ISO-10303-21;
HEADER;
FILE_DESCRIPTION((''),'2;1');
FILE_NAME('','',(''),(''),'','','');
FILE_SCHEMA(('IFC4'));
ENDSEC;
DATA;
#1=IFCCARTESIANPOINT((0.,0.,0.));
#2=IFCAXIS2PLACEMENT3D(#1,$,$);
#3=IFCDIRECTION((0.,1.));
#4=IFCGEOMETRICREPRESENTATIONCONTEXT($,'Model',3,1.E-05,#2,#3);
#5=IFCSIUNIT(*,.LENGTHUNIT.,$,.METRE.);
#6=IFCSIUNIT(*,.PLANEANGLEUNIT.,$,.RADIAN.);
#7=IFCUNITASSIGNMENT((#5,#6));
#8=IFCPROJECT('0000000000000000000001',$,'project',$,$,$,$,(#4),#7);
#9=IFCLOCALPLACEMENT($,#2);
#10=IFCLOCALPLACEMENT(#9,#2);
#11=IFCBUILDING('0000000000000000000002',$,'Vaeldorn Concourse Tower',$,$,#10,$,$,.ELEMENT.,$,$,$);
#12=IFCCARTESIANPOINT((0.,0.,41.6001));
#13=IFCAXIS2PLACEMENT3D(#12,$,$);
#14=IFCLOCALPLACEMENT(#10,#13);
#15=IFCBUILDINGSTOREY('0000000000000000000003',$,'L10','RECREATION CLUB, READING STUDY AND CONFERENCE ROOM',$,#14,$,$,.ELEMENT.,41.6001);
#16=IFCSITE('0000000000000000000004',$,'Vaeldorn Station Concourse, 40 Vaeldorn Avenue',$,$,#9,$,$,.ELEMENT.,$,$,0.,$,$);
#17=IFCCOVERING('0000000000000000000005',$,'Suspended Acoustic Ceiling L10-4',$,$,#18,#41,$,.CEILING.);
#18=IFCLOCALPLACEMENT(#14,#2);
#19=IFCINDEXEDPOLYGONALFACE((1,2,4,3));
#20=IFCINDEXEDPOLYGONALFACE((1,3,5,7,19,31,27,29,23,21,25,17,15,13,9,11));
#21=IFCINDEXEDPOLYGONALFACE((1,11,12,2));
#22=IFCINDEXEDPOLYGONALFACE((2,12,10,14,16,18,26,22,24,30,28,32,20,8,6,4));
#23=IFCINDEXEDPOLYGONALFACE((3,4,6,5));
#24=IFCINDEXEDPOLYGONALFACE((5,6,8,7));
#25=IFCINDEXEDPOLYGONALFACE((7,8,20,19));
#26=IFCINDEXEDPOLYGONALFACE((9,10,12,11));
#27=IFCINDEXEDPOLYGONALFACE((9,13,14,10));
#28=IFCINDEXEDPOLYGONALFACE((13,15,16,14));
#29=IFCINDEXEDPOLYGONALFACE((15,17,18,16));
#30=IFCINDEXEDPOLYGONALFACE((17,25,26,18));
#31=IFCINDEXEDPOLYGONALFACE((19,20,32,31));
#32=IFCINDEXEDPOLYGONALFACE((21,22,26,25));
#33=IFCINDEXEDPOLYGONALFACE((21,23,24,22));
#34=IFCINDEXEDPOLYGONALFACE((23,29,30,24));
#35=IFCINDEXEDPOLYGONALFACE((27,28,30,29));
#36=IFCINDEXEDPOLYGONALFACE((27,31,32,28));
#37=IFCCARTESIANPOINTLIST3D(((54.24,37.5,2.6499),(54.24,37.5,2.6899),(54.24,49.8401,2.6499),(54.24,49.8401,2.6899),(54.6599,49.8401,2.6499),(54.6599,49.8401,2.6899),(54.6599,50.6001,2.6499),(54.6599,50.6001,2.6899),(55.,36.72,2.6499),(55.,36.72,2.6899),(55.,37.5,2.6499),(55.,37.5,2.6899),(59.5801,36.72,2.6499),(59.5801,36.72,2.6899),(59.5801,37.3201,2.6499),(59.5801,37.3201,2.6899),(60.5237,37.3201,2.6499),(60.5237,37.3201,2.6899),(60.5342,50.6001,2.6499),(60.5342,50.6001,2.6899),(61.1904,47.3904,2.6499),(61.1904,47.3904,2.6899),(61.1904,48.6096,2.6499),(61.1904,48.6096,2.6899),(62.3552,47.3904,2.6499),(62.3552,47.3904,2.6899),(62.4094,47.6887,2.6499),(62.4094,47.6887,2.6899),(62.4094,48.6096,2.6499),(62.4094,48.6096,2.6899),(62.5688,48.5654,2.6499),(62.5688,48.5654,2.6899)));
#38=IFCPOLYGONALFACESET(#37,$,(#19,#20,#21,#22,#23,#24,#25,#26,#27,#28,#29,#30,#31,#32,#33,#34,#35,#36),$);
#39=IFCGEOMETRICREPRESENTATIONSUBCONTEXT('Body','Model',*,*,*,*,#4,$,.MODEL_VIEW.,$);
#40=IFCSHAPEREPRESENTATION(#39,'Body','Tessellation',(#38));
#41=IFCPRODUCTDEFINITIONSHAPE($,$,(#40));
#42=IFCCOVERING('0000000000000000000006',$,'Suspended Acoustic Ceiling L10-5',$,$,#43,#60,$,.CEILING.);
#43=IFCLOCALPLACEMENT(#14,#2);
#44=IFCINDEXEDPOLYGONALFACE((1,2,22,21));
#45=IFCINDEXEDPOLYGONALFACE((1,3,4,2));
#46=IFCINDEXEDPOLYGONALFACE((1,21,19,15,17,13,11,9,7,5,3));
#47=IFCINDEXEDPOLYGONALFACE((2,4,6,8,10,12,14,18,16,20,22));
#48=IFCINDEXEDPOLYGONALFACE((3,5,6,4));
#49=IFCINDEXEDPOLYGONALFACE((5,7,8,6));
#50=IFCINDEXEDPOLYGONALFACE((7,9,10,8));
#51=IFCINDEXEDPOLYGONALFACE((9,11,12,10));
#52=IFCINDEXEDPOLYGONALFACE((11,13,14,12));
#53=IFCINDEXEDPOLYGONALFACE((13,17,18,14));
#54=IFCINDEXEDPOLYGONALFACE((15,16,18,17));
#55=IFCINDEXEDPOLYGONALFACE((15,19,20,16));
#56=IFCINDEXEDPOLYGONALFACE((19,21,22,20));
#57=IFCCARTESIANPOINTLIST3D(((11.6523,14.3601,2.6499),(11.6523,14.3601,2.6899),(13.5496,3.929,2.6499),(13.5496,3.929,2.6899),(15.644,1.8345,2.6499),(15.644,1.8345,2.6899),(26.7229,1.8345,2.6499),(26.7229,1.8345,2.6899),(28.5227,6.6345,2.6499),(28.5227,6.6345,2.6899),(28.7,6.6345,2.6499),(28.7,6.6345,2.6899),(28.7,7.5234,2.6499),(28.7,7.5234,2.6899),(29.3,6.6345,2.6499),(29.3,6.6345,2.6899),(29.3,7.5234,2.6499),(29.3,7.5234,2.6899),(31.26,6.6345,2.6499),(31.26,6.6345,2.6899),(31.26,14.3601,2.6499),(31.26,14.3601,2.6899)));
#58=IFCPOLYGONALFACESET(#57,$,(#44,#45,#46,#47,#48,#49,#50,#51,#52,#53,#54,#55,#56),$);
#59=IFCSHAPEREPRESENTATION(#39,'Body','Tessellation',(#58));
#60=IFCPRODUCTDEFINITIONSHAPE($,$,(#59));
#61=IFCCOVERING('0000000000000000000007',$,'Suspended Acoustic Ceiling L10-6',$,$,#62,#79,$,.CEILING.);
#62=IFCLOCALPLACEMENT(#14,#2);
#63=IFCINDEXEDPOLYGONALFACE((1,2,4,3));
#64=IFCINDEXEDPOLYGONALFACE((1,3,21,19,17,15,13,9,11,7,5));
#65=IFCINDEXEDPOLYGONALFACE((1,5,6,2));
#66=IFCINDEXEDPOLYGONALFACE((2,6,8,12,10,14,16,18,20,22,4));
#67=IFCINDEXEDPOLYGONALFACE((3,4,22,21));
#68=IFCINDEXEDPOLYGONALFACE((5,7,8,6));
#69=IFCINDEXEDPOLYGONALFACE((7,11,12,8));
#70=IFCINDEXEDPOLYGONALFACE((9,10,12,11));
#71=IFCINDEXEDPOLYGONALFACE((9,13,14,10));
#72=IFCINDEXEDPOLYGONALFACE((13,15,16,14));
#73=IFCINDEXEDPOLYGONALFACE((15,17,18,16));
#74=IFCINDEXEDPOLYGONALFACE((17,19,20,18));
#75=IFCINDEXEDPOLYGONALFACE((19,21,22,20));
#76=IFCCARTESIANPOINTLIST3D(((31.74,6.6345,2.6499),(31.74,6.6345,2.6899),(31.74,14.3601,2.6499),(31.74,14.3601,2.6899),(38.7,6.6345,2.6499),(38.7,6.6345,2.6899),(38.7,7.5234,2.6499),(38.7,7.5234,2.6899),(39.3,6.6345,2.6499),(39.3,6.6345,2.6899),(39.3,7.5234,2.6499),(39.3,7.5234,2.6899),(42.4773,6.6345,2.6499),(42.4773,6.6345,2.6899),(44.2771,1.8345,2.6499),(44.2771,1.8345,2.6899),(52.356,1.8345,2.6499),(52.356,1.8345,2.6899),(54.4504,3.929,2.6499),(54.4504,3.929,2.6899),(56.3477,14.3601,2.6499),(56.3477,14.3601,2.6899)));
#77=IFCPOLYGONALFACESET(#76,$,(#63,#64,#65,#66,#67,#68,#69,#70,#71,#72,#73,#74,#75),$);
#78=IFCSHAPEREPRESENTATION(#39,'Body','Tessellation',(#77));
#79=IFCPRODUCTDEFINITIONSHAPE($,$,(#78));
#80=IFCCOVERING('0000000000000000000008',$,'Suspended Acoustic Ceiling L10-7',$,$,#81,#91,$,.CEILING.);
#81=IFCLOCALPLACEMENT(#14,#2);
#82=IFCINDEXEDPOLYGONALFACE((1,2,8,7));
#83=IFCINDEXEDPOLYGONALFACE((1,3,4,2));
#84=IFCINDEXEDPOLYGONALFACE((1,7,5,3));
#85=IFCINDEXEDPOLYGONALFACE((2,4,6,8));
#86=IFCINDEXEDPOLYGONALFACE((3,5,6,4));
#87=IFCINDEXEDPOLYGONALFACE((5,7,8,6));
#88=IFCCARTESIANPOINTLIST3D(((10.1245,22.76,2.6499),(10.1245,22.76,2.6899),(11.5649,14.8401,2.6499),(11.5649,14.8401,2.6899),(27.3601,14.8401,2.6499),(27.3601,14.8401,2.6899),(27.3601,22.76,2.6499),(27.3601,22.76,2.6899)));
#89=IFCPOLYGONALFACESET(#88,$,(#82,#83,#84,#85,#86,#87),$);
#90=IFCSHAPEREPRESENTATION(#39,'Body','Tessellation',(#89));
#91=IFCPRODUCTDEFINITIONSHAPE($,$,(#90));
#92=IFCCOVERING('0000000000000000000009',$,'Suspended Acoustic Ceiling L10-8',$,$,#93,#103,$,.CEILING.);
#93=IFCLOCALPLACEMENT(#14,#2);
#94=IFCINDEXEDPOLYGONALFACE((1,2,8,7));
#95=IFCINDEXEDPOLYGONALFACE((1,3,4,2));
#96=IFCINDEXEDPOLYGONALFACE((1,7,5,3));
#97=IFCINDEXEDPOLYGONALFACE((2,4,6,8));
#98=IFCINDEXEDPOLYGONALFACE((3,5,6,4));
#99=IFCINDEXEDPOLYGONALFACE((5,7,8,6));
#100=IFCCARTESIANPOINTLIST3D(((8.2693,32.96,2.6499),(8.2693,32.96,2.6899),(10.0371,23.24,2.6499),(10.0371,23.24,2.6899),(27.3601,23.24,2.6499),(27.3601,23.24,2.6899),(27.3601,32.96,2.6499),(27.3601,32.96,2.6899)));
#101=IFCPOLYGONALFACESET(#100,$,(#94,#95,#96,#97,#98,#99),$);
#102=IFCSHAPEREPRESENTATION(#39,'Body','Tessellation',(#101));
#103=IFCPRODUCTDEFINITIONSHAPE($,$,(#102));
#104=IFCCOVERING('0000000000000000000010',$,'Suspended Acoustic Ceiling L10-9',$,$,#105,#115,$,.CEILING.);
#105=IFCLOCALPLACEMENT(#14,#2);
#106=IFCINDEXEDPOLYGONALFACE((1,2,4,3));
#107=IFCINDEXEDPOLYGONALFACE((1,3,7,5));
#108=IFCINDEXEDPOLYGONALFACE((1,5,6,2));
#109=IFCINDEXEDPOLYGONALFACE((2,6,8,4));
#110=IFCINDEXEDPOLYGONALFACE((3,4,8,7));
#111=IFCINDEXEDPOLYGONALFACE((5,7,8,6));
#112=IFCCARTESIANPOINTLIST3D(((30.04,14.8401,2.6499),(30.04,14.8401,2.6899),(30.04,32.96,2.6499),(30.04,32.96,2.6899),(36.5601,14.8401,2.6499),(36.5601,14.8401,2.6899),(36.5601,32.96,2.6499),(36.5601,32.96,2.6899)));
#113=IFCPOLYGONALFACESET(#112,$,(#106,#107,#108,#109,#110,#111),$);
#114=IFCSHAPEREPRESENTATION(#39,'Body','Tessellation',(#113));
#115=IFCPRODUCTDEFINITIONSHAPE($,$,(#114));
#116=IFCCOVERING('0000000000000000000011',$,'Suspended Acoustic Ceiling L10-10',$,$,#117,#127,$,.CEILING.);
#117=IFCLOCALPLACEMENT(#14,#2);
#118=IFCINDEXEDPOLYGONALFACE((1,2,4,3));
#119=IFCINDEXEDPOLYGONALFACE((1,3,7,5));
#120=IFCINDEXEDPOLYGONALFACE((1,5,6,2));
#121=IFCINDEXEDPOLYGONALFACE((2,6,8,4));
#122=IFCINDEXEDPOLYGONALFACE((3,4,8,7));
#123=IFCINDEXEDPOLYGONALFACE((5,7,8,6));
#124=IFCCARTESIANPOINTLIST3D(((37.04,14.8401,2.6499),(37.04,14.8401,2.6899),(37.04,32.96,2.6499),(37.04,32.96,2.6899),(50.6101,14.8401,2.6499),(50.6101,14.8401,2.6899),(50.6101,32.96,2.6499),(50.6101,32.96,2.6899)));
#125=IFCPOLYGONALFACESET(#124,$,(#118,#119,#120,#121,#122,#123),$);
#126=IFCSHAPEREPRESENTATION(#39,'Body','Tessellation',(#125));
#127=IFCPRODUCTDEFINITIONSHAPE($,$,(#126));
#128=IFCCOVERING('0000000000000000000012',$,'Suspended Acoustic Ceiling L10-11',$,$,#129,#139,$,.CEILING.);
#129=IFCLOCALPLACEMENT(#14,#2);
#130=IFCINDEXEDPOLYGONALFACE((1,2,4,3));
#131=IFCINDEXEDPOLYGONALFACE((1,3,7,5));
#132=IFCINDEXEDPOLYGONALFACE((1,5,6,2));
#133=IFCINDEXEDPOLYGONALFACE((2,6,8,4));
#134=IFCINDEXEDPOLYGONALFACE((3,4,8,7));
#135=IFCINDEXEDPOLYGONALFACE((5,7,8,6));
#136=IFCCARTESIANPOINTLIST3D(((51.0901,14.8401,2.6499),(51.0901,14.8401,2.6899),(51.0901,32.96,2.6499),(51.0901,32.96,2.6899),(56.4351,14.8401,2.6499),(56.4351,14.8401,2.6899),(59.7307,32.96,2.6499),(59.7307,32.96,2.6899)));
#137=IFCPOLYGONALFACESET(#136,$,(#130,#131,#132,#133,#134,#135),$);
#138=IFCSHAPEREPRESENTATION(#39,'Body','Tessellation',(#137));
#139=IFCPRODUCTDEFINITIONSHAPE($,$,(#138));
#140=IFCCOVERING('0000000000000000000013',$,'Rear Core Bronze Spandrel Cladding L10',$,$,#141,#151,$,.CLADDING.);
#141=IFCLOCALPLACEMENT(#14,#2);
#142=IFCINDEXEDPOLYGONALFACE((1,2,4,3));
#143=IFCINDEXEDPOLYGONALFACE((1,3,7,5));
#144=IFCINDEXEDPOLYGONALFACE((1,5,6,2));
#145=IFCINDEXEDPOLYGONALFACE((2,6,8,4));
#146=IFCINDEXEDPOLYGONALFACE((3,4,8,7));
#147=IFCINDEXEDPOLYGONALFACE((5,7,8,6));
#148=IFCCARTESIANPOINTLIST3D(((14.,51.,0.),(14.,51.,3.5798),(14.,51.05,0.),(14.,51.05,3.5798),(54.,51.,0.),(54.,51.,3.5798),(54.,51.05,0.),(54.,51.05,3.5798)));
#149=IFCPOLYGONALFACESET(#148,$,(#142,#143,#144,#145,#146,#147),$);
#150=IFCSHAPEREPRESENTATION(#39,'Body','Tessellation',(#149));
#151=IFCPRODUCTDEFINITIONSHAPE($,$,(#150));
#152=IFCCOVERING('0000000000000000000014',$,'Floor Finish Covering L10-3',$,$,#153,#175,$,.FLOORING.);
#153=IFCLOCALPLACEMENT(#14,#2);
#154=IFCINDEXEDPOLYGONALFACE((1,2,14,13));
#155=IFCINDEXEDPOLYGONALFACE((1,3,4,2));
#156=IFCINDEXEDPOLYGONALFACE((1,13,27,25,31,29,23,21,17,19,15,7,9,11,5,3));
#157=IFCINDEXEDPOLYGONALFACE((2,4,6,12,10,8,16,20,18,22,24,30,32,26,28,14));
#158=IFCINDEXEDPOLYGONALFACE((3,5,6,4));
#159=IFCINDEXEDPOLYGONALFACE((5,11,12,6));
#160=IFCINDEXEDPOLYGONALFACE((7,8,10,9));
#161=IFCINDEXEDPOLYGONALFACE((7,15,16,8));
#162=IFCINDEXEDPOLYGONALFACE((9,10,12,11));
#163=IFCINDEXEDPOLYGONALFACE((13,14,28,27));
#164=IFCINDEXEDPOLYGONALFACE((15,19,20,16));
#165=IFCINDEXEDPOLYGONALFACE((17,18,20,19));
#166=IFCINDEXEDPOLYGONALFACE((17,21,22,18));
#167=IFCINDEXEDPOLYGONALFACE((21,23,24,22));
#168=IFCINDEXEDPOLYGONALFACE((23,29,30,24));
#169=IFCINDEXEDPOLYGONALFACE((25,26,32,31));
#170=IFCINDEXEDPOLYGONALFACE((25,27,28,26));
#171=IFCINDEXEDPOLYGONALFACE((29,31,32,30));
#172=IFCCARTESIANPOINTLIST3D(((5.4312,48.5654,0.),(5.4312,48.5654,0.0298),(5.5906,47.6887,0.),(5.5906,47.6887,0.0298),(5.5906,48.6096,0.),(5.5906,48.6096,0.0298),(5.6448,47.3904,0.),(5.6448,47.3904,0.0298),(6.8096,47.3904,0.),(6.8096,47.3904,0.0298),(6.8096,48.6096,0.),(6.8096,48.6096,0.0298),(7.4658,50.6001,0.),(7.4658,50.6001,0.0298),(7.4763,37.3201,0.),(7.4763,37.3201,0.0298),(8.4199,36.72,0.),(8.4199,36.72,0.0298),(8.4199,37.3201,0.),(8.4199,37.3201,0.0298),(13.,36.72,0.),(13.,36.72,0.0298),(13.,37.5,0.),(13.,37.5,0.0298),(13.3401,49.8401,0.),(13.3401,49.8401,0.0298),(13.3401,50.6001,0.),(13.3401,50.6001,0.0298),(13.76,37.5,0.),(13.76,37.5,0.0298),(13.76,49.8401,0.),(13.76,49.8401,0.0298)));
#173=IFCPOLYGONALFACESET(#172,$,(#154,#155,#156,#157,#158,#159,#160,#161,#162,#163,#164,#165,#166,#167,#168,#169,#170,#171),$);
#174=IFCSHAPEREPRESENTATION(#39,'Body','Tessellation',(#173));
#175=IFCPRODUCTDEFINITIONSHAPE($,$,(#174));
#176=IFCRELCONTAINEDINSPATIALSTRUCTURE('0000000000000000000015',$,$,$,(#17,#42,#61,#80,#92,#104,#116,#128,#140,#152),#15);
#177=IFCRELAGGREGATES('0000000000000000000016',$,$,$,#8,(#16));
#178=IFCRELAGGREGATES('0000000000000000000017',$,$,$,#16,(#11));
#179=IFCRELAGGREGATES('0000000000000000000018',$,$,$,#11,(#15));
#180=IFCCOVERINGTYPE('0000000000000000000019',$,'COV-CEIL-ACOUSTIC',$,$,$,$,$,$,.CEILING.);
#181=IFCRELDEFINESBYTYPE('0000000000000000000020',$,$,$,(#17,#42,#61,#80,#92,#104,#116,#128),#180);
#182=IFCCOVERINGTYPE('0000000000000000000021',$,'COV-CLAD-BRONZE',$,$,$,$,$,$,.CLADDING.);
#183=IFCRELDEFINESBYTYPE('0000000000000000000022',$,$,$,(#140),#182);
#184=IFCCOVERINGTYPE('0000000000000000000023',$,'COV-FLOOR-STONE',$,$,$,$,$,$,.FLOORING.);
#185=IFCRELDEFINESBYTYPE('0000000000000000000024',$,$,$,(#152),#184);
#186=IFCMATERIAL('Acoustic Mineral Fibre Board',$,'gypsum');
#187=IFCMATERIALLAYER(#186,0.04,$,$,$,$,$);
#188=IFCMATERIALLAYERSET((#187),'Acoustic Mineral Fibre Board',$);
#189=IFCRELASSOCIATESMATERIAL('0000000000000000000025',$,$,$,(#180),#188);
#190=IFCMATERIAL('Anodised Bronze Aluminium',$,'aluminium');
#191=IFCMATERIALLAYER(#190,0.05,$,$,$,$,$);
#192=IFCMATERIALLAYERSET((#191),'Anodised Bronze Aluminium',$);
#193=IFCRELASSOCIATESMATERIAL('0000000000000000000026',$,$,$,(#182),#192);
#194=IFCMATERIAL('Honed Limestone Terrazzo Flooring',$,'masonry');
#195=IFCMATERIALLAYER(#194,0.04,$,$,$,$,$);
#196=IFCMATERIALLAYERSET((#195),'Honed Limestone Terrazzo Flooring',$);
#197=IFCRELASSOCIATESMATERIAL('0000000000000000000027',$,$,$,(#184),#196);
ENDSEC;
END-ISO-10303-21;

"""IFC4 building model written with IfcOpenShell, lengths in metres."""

from ifc_helpers import new_model, si_unit, direction, frame, origin, place, context, subcontext, project, spatial, polyline, outline, extrude, material, layer, layer_set, type_object, element, save


model = new_model("IFC4")

# Units and contexts
model_context = context("Model", 3, precision=1e-05, world=origin(), true_north=direction((0.0, 1.0)))
body_context = subcontext(model_context, "Body", "Model", "MODEL_VIEW")
ifc_project = project(units=[si_unit("LENGTHUNIT", "METRE"), si_unit("PLANEANGLEUNIT", "RADIAN")], contexts=[model_context])

# Site, building, storey
site_placement = place(None, origin())
site = spatial("IfcSite", under=ifc_project, at=site_placement, Name="Vaeldorn Station Concourse, 40 Vaeldorn Avenue", CompositionType="ELEMENT", RefElevation=0.0)
building_placement = place(site_placement, origin())
building = spatial("IfcBuilding", under=site, at=building_placement, Name="Vaeldorn Concourse Tower", CompositionType="ELEMENT")
storey_placement = place(building_placement, frame((0.0, 0.0, 41.6001)))
storey = spatial("IfcBuildingStorey", under=building, at=storey_placement, Name="L10", Description="RECREATION CLUB, READING STUDY AND CONFERENCE ROOM", CompositionType="ELEMENT", Elevation=41.6001)

# Shared definitions
ifc_material_1 = material(Name="Anodised Bronze Aluminium", Category="aluminium")

# Coverings
ifc_material_2 = material(Name="Acoustic Mineral Fibre Board", Category="gypsum")
ifc_layer_1 = layer(ifc_material_2, 0.04)
ifc_layer_set_1 = layer_set([ifc_layer_1], Name="Acoustic Mineral Fibre Board")
covering_type_1 = type_object("IfcCoveringType", Name="COV-CEIL-ACOUSTIC", PredefinedType="CEILING", material=ifc_layer_set_1)
covering_1_placement = place(storey_placement, frame((0.0, 0.0, 2.6499)))
element("IfcCovering", 1, at=covering_1_placement, inside=storey, type_object=covering_type_1, Name="Suspended Acoustic Ceiling L10-4", PredefinedType="CEILING", context=body_context, shape_type="SweptSolid", body=[
    extrude(outline(polyline([(54.6599, 49.8401), (54.6599, 50.6001), (60.5342, 50.6001), (62.5688, 48.5654), (62.4094, 47.6887), (62.4094, 48.6096), (61.1904, 48.6096), (61.1904, 47.3904), (62.3552, 47.3904), (60.5237, 37.3201), (59.5801, 37.3201), (59.5801, 36.72), (55.0, 36.72), (55.0, 37.5), (54.24, 37.5), (54.24, 49.8401), (54.6599, 49.8401)])), origin(), (0.0, 0.0, 1.0), 0.04),
])
covering_2_placement = place(storey_placement, frame((0.0, 0.0, 2.6499)))
element("IfcCovering", 2, at=covering_2_placement, inside=storey, type_object=covering_type_1, Name="Suspended Acoustic Ceiling L10-5", PredefinedType="CEILING", context=body_context, shape_type="SweptSolid", body=[
    extrude(outline(polyline([(31.26, 14.3601), (31.26, 6.6345), (29.3, 6.6345), (29.3, 7.5234), (28.7, 7.5234), (28.7, 6.6345), (28.5227, 6.6345), (26.7229, 1.8345), (15.644, 1.8345), (13.5496, 3.929), (11.6523, 14.3601), (31.26, 14.3601)])), origin(), (0.0, 0.0, 1.0), 0.04),
])
covering_3_placement = place(storey_placement, frame((0.0, 0.0, 2.6499)))
element("IfcCovering", 3, at=covering_3_placement, inside=storey, type_object=covering_type_1, Name="Suspended Acoustic Ceiling L10-6", PredefinedType="CEILING", context=body_context, shape_type="SweptSolid", body=[
    extrude(outline(polyline([(31.74, 14.3601), (56.3477, 14.3601), (54.4504, 3.929), (52.356, 1.8345), (44.2771, 1.8345), (42.4773, 6.6345), (39.3, 6.6345), (39.3, 7.5234), (38.7, 7.5234), (38.7, 6.6345), (31.74, 6.6345), (31.74, 14.3601)])), origin(), (0.0, 0.0, 1.0), 0.04),
])
covering_4_placement = place(storey_placement, frame((0.0, 0.0, 2.6499)))
element("IfcCovering", 4, at=covering_4_placement, inside=storey, type_object=covering_type_1, Name="Suspended Acoustic Ceiling L10-7", PredefinedType="CEILING", context=body_context, shape_type="SweptSolid", body=[
    extrude(outline(polyline([(27.3601, 22.76), (27.3601, 14.8401), (11.5649, 14.8401), (10.1245, 22.76), (27.3601, 22.76)])), origin(), (0.0, 0.0, 1.0), 0.04),
])
covering_5_placement = place(storey_placement, frame((0.0, 0.0, 2.6499)))
element("IfcCovering", 5, at=covering_5_placement, inside=storey, type_object=covering_type_1, Name="Suspended Acoustic Ceiling L10-8", PredefinedType="CEILING", context=body_context, shape_type="SweptSolid", body=[
    extrude(outline(polyline([(27.3601, 32.96), (27.3601, 23.24), (10.0371, 23.24), (8.2693, 32.96), (27.3601, 32.96)])), origin(), (0.0, 0.0, 1.0), 0.04),
])
covering_6_placement = place(storey_placement, frame((0.0, 0.0, 2.6499)))
element("IfcCovering", 6, at=covering_6_placement, inside=storey, type_object=covering_type_1, Name="Suspended Acoustic Ceiling L10-9", PredefinedType="CEILING", context=body_context, shape_type="SweptSolid", body=[
    extrude(outline(polyline([(30.04, 32.96), (36.5601, 32.96), (36.5601, 14.8401), (30.04, 14.8401), (30.04, 32.96)])), origin(), (0.0, 0.0, 1.0), 0.04),
])
covering_7_placement = place(storey_placement, frame((0.0, 0.0, 2.6499)))
element("IfcCovering", 7, at=covering_7_placement, inside=storey, type_object=covering_type_1, Name="Suspended Acoustic Ceiling L10-10", PredefinedType="CEILING", context=body_context, shape_type="SweptSolid", body=[
    extrude(outline(polyline([(37.04, 32.96), (50.6101, 32.96), (50.6101, 14.8401), (37.04, 14.8401), (37.04, 32.96)])), origin(), (0.0, 0.0, 1.0), 0.04),
])
covering_8_placement = place(storey_placement, frame((0.0, 0.0, 2.6499)))
element("IfcCovering", 8, at=covering_8_placement, inside=storey, type_object=covering_type_1, Name="Suspended Acoustic Ceiling L10-11", PredefinedType="CEILING", context=body_context, shape_type="SweptSolid", body=[
    extrude(outline(polyline([(51.0901, 14.8401), (51.0901, 32.96), (59.7307, 32.96), (56.4351, 14.8401), (51.0901, 14.8401)])), origin(), (0.0, 0.0, 1.0), 0.04),
])
ifc_layer_2 = layer(ifc_material_1, 0.05)
ifc_layer_set_2 = layer_set([ifc_layer_2], Name="Anodised Bronze Aluminium")
covering_type_2 = type_object("IfcCoveringType", Name="COV-CLAD-BRONZE", PredefinedType="CLADDING", material=ifc_layer_set_2)
covering_9_placement = place(storey_placement, origin())
element("IfcCovering", 9, at=covering_9_placement, inside=storey, type_object=covering_type_2, Name="Rear Core Bronze Spandrel Cladding L10", PredefinedType="CLADDING", context=body_context, shape_type="SweptSolid", body=[
    extrude(outline(polyline([(14.0, 51.0), (54.0, 51.0), (54.0, 51.05), (14.0, 51.05), (14.0, 51.0)])), origin(), (0.0, 0.0, 1.0), 3.5798),
])
ifc_material_3 = material(Name="Honed Limestone Terrazzo Flooring", Category="masonry")
ifc_layer_3 = layer(ifc_material_3, 0.04)
ifc_layer_set_3 = layer_set([ifc_layer_3], Name="Honed Limestone Terrazzo Flooring")
covering_type_3 = type_object("IfcCoveringType", Name="COV-FLOOR-STONE", PredefinedType="FLOORING", material=ifc_layer_set_3)
covering_10_placement = place(storey_placement, origin())
element("IfcCovering", 10, at=covering_10_placement, inside=storey, type_object=covering_type_3, Name="Floor Finish Covering L10-3", PredefinedType="FLOORING", context=body_context, shape_type="SweptSolid", body=[
    extrude(outline(polyline([(7.4658, 50.6001), (13.3401, 50.6001), (13.3401, 49.8401), (13.76, 49.8401), (13.76, 37.5), (13.0, 37.5), (13.0, 36.72), (8.4199, 36.72), (8.4199, 37.3201), (7.4763, 37.3201), (5.6448, 47.3904), (6.8096, 47.3904), (6.8096, 48.6096), (5.5906, 48.6096), (5.5906, 47.6887), (5.4312, 48.5654), (7.4658, 50.6001)])), origin(), (0.0, 0.0, 1.0), 0.0298),
])

save(model, "model.ifc")
